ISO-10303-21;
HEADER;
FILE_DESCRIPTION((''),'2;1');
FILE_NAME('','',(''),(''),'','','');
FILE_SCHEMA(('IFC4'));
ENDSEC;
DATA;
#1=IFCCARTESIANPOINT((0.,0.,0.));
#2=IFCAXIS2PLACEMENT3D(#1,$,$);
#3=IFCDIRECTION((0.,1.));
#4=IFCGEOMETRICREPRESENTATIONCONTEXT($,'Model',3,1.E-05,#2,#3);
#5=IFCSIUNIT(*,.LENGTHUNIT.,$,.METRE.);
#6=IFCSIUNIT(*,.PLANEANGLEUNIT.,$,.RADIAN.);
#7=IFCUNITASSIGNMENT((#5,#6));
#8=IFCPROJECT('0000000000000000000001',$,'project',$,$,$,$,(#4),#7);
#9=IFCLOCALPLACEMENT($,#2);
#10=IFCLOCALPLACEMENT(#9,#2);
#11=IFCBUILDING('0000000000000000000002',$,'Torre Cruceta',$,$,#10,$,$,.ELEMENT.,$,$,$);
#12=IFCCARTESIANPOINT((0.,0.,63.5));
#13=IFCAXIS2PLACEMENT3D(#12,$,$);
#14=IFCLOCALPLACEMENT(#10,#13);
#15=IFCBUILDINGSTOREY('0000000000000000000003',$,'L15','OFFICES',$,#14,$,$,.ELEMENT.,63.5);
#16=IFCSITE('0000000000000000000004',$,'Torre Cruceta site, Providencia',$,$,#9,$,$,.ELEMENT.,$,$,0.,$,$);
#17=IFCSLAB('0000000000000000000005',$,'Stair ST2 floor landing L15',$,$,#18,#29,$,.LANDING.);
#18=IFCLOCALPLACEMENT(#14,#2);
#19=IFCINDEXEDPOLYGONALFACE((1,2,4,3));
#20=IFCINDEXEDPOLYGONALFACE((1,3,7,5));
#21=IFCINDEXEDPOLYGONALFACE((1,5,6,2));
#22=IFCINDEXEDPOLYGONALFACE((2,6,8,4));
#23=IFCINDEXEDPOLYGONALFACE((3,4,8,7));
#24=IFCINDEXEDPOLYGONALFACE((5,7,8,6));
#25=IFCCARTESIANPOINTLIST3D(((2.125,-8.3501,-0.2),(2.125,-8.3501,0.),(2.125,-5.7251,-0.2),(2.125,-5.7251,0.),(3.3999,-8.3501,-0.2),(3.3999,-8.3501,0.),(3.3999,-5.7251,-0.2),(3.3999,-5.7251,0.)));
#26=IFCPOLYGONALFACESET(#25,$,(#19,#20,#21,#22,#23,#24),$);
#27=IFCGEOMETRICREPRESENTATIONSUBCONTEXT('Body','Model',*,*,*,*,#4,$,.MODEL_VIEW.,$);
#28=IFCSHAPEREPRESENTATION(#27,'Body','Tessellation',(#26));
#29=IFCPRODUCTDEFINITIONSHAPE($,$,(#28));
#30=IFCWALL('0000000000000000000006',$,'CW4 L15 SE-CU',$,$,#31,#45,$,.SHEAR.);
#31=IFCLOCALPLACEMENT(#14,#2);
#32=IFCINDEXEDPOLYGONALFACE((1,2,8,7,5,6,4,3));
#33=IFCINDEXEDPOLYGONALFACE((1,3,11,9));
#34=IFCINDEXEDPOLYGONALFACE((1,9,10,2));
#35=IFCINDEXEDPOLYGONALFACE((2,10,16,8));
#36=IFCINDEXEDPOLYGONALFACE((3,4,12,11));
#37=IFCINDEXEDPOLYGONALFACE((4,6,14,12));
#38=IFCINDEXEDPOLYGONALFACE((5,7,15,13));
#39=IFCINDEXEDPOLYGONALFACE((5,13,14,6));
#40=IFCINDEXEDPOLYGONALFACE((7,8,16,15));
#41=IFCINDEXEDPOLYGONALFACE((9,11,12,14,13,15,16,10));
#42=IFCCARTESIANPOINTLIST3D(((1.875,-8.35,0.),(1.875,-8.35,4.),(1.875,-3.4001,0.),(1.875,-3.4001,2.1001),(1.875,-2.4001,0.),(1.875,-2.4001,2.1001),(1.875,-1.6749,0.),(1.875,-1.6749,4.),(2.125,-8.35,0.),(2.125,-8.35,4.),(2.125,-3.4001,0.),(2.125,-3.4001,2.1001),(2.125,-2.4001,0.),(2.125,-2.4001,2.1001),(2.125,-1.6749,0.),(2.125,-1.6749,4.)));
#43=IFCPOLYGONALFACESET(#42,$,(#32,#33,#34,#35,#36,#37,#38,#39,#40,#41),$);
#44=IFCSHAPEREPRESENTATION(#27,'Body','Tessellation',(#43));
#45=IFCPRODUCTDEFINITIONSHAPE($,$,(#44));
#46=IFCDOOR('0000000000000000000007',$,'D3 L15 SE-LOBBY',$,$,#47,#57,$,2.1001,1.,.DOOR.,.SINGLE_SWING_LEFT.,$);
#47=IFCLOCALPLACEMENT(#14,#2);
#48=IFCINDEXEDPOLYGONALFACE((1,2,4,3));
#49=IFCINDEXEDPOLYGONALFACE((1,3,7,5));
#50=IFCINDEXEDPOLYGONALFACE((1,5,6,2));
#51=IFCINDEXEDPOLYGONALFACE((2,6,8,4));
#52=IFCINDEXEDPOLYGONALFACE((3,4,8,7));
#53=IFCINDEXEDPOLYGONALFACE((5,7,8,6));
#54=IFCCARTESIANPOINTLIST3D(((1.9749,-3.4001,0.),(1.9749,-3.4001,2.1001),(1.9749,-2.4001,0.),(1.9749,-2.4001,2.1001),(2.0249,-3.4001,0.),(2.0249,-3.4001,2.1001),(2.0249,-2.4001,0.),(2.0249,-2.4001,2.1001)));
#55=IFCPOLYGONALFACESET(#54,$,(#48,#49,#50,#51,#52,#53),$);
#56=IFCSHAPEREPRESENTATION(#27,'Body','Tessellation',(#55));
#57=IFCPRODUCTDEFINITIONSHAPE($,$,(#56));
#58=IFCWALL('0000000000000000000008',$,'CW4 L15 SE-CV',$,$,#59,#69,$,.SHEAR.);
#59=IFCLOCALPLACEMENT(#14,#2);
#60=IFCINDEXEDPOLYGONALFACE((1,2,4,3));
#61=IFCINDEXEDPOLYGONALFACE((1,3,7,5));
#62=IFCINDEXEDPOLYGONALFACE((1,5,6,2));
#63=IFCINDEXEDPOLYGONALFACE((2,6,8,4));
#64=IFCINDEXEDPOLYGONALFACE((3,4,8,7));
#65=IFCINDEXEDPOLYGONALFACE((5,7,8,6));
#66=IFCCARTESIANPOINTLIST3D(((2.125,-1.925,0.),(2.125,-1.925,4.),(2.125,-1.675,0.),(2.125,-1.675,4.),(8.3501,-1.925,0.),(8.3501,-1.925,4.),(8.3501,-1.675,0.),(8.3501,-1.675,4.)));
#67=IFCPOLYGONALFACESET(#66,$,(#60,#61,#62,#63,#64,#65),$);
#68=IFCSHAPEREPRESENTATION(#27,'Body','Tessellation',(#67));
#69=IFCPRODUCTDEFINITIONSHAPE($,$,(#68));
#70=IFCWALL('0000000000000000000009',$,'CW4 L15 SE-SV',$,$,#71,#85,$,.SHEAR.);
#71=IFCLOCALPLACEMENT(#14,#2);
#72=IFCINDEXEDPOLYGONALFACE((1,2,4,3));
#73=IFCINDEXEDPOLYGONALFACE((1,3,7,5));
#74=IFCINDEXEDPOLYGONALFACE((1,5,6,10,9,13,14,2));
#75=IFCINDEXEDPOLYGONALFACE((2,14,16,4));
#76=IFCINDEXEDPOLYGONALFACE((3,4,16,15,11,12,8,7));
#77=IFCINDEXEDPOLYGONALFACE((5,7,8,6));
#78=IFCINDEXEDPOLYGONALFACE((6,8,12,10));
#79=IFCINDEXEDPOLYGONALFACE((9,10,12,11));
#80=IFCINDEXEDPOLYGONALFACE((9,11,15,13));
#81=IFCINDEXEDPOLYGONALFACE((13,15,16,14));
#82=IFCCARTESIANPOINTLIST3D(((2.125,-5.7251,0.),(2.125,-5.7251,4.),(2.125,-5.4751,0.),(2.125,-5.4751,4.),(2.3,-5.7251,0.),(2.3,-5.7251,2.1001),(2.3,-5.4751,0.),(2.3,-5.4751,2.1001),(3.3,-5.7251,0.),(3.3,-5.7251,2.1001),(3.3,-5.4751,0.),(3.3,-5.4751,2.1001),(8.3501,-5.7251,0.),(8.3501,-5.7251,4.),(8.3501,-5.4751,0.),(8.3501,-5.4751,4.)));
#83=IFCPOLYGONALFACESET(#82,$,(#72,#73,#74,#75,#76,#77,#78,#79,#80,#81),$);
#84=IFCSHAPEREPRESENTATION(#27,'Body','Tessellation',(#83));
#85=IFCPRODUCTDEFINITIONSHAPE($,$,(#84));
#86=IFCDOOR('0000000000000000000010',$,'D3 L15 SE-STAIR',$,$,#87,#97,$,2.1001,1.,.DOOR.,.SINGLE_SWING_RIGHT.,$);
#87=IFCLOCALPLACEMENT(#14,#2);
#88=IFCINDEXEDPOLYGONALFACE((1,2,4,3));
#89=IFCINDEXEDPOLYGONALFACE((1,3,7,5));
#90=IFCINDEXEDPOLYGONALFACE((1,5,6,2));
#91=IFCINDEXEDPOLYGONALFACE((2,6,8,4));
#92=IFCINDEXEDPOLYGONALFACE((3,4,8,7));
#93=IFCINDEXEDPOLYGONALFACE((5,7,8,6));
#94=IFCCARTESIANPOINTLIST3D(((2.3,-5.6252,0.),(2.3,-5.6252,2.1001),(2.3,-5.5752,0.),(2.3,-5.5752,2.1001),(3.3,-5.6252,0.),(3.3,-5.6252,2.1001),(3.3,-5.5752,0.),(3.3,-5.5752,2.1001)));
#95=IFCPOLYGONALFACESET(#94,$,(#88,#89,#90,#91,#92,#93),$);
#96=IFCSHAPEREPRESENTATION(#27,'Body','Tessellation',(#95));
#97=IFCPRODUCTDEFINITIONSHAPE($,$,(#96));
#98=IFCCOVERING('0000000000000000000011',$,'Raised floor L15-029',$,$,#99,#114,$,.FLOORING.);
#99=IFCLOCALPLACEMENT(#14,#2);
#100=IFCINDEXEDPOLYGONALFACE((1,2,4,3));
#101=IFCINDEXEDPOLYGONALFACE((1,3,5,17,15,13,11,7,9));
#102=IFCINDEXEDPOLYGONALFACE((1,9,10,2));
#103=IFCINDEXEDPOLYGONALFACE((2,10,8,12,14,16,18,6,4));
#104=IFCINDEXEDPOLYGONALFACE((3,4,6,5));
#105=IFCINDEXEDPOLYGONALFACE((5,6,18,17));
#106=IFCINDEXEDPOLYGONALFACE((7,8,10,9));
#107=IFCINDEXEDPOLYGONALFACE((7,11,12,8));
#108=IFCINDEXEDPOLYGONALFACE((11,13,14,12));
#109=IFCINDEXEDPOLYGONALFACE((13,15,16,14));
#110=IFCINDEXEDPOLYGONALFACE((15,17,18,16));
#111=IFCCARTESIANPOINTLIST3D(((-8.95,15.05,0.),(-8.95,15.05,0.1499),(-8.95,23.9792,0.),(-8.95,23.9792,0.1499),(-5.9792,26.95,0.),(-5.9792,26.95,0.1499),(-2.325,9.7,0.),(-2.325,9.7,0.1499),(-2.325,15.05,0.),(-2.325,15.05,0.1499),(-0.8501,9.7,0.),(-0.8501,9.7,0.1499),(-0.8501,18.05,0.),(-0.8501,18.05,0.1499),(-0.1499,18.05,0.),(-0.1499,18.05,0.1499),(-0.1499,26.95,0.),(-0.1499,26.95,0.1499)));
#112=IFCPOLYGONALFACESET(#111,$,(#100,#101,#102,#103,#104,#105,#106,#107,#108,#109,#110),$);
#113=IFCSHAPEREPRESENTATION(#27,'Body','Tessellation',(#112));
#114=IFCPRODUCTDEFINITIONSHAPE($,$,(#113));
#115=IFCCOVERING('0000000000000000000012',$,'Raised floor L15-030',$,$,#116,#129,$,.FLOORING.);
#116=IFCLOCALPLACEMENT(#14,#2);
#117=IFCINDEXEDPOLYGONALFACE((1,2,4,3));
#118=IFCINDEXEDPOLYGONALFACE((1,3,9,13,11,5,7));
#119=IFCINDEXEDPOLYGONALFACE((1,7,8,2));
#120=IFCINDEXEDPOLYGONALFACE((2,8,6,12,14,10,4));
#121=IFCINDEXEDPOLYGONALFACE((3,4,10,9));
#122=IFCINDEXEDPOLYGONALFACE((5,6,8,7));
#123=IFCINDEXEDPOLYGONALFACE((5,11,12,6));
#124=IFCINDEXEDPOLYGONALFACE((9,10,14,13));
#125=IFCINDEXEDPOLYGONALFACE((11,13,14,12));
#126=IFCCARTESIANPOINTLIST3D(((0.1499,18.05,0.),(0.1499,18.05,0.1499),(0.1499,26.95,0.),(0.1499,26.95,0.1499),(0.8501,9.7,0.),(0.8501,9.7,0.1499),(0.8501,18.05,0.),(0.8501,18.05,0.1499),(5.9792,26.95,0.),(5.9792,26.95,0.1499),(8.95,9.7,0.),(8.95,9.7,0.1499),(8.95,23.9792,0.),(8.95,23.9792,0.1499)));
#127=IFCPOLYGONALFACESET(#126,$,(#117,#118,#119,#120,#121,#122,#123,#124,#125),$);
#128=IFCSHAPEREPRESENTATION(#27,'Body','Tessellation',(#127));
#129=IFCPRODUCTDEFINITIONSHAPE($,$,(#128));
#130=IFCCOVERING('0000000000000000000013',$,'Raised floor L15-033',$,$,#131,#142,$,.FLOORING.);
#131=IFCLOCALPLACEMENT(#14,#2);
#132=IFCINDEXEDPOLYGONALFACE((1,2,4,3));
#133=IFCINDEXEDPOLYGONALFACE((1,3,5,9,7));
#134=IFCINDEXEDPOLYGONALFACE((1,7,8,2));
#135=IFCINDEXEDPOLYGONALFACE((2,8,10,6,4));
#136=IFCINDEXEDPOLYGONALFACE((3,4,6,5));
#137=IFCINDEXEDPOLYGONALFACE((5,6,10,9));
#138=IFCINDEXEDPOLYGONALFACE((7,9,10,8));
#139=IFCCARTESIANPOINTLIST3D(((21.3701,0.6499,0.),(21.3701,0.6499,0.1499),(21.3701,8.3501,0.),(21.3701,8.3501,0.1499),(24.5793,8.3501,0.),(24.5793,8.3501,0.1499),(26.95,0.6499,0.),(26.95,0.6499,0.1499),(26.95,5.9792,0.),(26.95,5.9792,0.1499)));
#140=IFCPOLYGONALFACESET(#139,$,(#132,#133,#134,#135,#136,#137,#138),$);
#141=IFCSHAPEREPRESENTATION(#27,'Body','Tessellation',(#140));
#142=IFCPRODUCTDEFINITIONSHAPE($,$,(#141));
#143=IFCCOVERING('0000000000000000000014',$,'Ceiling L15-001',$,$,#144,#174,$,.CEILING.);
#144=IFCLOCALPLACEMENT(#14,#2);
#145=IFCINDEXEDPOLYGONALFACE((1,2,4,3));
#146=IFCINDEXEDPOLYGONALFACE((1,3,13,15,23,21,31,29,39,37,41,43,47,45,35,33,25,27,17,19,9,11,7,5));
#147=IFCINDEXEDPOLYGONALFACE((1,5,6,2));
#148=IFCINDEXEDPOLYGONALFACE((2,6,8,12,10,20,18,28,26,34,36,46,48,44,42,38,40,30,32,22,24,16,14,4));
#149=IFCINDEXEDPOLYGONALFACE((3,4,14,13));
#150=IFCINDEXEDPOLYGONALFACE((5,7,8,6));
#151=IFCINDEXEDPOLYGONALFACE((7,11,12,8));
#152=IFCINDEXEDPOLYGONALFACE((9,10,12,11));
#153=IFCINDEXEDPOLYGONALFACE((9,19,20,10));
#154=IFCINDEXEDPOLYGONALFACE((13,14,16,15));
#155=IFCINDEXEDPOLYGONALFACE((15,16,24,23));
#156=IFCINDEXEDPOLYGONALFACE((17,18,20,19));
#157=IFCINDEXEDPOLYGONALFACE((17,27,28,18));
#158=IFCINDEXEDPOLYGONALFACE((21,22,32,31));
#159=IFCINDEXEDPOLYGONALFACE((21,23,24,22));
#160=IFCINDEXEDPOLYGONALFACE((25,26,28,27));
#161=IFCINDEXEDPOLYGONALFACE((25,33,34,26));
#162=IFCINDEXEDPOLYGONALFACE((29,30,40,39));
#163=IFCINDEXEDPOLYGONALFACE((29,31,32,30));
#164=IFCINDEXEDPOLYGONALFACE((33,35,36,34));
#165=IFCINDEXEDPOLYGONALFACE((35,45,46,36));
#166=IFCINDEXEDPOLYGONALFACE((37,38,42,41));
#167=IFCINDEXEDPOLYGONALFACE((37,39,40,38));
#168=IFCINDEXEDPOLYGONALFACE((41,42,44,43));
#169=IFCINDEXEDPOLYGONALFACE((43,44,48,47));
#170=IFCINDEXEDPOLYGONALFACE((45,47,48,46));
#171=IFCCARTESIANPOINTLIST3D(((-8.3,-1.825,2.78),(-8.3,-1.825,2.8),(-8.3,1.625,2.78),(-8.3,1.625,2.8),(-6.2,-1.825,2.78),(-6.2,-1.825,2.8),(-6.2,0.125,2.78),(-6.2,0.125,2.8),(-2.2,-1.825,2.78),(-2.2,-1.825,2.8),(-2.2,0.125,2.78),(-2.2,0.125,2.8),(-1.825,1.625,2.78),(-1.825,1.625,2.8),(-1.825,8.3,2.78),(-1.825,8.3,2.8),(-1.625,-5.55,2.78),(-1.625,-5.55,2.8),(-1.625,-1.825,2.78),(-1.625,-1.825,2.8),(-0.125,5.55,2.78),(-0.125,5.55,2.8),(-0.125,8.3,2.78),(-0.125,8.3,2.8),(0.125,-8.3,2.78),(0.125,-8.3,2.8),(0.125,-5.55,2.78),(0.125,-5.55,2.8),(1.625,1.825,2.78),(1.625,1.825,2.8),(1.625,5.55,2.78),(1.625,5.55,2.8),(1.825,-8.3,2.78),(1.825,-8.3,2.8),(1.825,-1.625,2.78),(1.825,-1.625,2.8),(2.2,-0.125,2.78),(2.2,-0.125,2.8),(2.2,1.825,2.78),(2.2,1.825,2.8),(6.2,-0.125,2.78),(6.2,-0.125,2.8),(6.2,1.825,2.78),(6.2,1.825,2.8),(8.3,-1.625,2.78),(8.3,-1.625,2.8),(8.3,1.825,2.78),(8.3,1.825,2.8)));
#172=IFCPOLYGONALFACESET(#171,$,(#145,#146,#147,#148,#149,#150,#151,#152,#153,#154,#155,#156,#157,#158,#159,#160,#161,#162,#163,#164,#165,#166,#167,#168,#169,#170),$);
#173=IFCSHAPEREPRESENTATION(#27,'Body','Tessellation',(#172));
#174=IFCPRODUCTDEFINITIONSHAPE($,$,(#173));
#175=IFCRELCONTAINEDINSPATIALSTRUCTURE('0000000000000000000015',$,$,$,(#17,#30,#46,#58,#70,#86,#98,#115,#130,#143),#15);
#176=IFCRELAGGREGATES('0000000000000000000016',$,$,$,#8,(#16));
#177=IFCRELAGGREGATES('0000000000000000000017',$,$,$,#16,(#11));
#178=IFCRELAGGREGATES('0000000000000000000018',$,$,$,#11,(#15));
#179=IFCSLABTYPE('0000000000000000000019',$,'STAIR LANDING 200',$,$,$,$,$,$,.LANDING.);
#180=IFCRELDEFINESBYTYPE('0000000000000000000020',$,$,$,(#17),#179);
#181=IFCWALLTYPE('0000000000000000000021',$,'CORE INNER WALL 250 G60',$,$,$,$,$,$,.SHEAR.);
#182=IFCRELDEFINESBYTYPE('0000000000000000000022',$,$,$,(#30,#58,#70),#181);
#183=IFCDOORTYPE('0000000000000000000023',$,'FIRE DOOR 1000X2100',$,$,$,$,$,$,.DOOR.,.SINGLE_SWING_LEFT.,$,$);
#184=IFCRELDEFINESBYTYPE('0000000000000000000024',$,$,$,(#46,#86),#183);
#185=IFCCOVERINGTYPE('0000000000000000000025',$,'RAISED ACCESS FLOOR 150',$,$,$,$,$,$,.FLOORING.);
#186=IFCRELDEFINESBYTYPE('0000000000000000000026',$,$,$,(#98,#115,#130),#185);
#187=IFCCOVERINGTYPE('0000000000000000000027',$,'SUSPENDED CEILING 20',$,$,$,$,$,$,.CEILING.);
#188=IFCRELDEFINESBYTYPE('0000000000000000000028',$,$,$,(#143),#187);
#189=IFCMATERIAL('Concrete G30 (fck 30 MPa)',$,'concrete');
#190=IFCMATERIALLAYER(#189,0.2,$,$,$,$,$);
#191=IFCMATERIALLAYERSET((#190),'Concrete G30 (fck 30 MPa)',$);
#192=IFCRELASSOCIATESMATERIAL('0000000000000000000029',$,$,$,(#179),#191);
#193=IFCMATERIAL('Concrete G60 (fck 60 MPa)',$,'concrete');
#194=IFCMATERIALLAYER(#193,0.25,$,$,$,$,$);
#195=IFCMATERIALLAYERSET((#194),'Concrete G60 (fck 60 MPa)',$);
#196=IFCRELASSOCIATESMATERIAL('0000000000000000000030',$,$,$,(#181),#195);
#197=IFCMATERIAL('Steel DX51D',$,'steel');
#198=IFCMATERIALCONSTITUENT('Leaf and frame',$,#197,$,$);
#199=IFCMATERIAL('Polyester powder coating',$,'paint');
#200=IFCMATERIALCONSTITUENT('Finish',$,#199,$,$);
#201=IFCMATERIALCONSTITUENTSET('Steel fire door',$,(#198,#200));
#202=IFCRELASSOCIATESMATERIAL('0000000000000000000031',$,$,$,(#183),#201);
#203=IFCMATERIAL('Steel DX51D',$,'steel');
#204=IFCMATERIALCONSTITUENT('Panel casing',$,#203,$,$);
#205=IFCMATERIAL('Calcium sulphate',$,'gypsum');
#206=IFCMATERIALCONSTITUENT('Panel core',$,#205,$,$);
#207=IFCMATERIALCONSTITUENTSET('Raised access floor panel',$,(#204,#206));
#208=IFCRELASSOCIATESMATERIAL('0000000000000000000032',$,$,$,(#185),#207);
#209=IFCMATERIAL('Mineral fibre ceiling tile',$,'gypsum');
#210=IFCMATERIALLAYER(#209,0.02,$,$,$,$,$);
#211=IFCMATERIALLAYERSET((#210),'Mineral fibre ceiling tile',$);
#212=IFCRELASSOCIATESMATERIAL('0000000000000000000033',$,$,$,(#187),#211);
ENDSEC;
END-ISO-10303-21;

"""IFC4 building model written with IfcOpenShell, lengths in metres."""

from ifc_helpers import new_model, si_unit, direction, frame, frame_2d, origin, place, context, subcontext, project, spatial, polyline, rectangle, outline, extrude, material, layer, layer_set, constituent, constituent_set, type_object, element, fill, save


model = new_model("IFC4")

# Units and contexts
model_context = context("Model", 3, precision=1e-05, world=origin(), true_north=direction((0.0, 1.0)))
body_context = subcontext(model_context, "Body", "Model", "MODEL_VIEW")
ifc_project = project(units=[si_unit("LENGTHUNIT", "METRE"), si_unit("PLANEANGLEUNIT", "RADIAN")], contexts=[model_context])

# Site, building, storey
site_placement = place(None, origin())
site = spatial("IfcSite", under=ifc_project, at=site_placement, Name="Torre Cruceta site, Providencia", CompositionType="ELEMENT", RefElevation=0.0)
building_placement = place(site_placement, origin())
building = spatial("IfcBuilding", under=site, at=building_placement, Name="Torre Cruceta", CompositionType="ELEMENT")
storey_placement = place(building_placement, frame((0.0, 0.0, 63.5)))
storey = spatial("IfcBuildingStorey", under=building, at=storey_placement, Name="L15", Description="OFFICES", CompositionType="ELEMENT", Elevation=63.5)

# Slab
ifc_material_1 = material(Name="Concrete G30 (fck 30 MPa)", Category="concrete")
ifc_layer_1 = layer(ifc_material_1, 0.2)
ifc_layer_set_1 = layer_set([ifc_layer_1], Name="Concrete G30 (fck 30 MPa)")
slab_type = type_object("IfcSlabType", Name="STAIR LANDING 200", PredefinedType="LANDING", material=ifc_layer_set_1)
slab_placement = place(storey_placement, frame((0.0, 0.0, -0.2)))
element("IfcSlab", 1, at=slab_placement, inside=storey, type_object=slab_type, Name="Stair ST2 floor landing L15", PredefinedType="LANDING", context=body_context, shape_type="SweptSolid", body=[
    extrude(outline(polyline([(2.125, -8.3501), (2.125, -5.7251), (3.3999, -5.7251), (3.3999, -8.3501), (2.125, -8.3501)])), origin(), (0.0, 0.0, 1.0), 0.2),
])

# Wall, opening, door
ifc_material_2 = material(Name="Concrete G60 (fck 60 MPa)", Category="concrete")
ifc_layer_2 = layer(ifc_material_2, 0.25)
ifc_layer_set_2 = layer_set([ifc_layer_2], Name="Concrete G60 (fck 60 MPa)")
wall_type = type_object("IfcWallType", Name="CORE INNER WALL 250 G60", PredefinedType="SHEAR", material=ifc_layer_set_2)
wall_1_placement = place(storey_placement, frame((2.0, -1.675, 0.0), z_axis=(0.0, 0.0, 1.0), x_axis=(0.0, -1.0, 0.0)))
wall_1 = element("IfcWall", 2, at=wall_1_placement, inside=storey, type_object=wall_type, Name="CW4 L15 SE-CU", PredefinedType="SHEAR", context=body_context, shape_type="SweptSolid", body=[
    extrude(rectangle(XDim=6.675, YDim=0.25, at=frame_2d((3.3374, 0.0))), origin(), (0.0, 0.0, 1.0), 4.0),
])
opening_1_placement = place(wall_1_placement, frame((0.7251, 0.0, 0.0)))
opening_1 = element("IfcOpeningElement", 3, at=opening_1_placement, cuts=wall_1, PredefinedType="OPENING", context=body_context, shape_type="SweptSolid", body=[
    extrude(rectangle(XDim=1.0, YDim=2.1001, at=frame_2d((0.5, 1.05))), frame((0.0, 0.135, 0.0), z_axis=(0.0, -1.0, 0.0), x_axis=(1.0, 0.0, 0.0)), (0.0, 0.0, 1.0), 0.27),
])
ifc_material_3 = material(Name="Steel DX51D", Category="steel")
ifc_constituent_1 = constituent(ifc_material_3, Name="Leaf and frame")
ifc_material_4 = material(Name="Polyester powder coating", Category="paint")
ifc_constituent_2 = constituent(ifc_material_4, Name="Finish")
ifc_constituent_set_1 = constituent_set(constituents=[ifc_constituent_1, ifc_constituent_2], Name="Steel fire door")
door_type = type_object("IfcDoorType", Name="FIRE DOOR 1000X2100", OperationType="SINGLE_SWING_LEFT", PredefinedType="DOOR", material=ifc_constituent_set_1)
door_1_placement = place(opening_1_placement, origin())
door_1 = element("IfcDoor", 4, at=door_1_placement, inside=storey, type_object=door_type, Name="D3 L15 SE-LOBBY", OperationType="SINGLE_SWING_LEFT", OverallHeight=2.1001, OverallWidth=1.0, PredefinedType="DOOR", context=body_context, shape_type="SweptSolid", body=[
    extrude(rectangle(XDim=1.0, YDim=2.1001, at=frame_2d((0.5, 1.05))), frame((0.0, 0.0249, 0.0), z_axis=(0.0, -1.0, 0.0), x_axis=(1.0, 0.0, 0.0)), (0.0, 0.0, 1.0), 0.05),
])
fill(opening_1, door_1)

# Wall
wall_2_placement = place(storey_placement, frame((2.125, -1.8, 0.0), z_axis=(0.0, 0.0, 1.0), x_axis=(1.0, 0.0, 0.0)))
element("IfcWall", 5, at=wall_2_placement, inside=storey, type_object=wall_type, Name="CW4 L15 SE-CV", PredefinedType="SHEAR", context=body_context, shape_type="SweptSolid", body=[
    extrude(rectangle(XDim=6.2251, YDim=0.25, at=frame_2d((3.1125, 0.0))), origin(), (0.0, 0.0, 1.0), 4.0),
])

# Wall, opening, door
wall_3_placement = place(storey_placement, frame((2.125, -5.6001, 0.0), z_axis=(0.0, 0.0, 1.0), x_axis=(1.0, 0.0, 0.0)))
wall_3 = element("IfcWall", 6, at=wall_3_placement, inside=storey, type_object=wall_type, Name="CW4 L15 SE-SV", PredefinedType="SHEAR", context=body_context, shape_type="SweptSolid", body=[
    extrude(rectangle(XDim=6.2251, YDim=0.25, at=frame_2d((3.1125, 0.0))), origin(), (0.0, 0.0, 1.0), 4.0),
])
opening_2_placement = place(wall_3_placement, frame((0.175, 0.0, 0.0)))
opening_2 = element("IfcOpeningElement", 7, at=opening_2_placement, cuts=wall_3, PredefinedType="OPENING", context=body_context, shape_type="SweptSolid", body=[
    extrude(rectangle(XDim=1.0, YDim=2.1001, at=frame_2d((0.5, 1.05))), frame((0.0, 0.135, 0.0), z_axis=(0.0, -1.0, 0.0), x_axis=(1.0, 0.0, 0.0)), (0.0, 0.0, 1.0), 0.27),
])
door_2_placement = place(opening_2_placement, frame((1.0, 0.0, 0.0), z_axis=(0.0, 0.0, 1.0), x_axis=(-1.0, 0.0, 0.0)))
door_2 = element("IfcDoor", 8, at=door_2_placement, inside=storey, type_object=door_type, Name="D3 L15 SE-STAIR", OperationType="SINGLE_SWING_RIGHT", OverallHeight=2.1001, OverallWidth=1.0, PredefinedType="DOOR", context=body_context, shape_type="SweptSolid", body=[
    extrude(rectangle(XDim=1.0, YDim=2.1001, at=frame_2d((0.5, 1.05))), frame((0.0, 0.0251, 0.0), z_axis=(0.0, -1.0, 0.0), x_axis=(1.0, 0.0, 0.0)), (0.0, 0.0, 1.0), 0.05),
])
fill(opening_2, door_2)

# Coverings
ifc_material_5 = material(Name="Steel DX51D", Category="steel")
ifc_constituent_3 = constituent(ifc_material_5, Name="Panel casing")
ifc_material_6 = material(Name="Calcium sulphate", Category="gypsum")
ifc_constituent_4 = constituent(ifc_material_6, Name="Panel core")
ifc_constituent_set_2 = constituent_set(constituents=[ifc_constituent_3, ifc_constituent_4], Name="Raised access floor panel")
covering_type_1 = type_object("IfcCoveringType", Name="RAISED ACCESS FLOOR 150", PredefinedType="FLOORING", material=ifc_constituent_set_2)
covering_1_placement = place(storey_placement, origin())
element("IfcCovering", 9, at=covering_1_placement, inside=storey, type_object=covering_type_1, Name="Raised floor L15-029", PredefinedType="FLOORING", context=body_context, shape_type="SweptSolid", body=[
    extrude(outline(polyline([(-5.9792, 26.95), (-0.1499, 26.95), (-0.1499, 18.05), (-0.8501, 18.05), (-0.8501, 9.7), (-2.325, 9.7), (-2.325, 15.05), (-8.95, 15.05), (-8.95, 23.9792), (-5.9792, 26.95)])), origin(), (0.0, 0.0, 1.0), 0.1499),
])
covering_2_placement = place(storey_placement, origin())
element("IfcCovering", 10, at=covering_2_placement, inside=storey, type_object=covering_type_1, Name="Raised floor L15-030", PredefinedType="FLOORING", context=body_context, shape_type="SweptSolid", body=[
    extrude(outline(polyline([(5.9792, 26.95), (8.95, 23.9792), (8.95, 9.7), (0.8501, 9.7), (0.8501, 18.05), (0.1499, 18.05), (0.1499, 26.95), (5.9792, 26.95)])), origin(), (0.0, 0.0, 1.0), 0.1499),
])
covering_3_placement = place(storey_placement, origin())
element("IfcCovering", 11, at=covering_3_placement, inside=storey, type_object=covering_type_1, Name="Raised floor L15-033", PredefinedType="FLOORING", context=body_context, shape_type="SweptSolid", body=[
    extrude(outline(polyline([(26.95, 0.6499), (21.3701, 0.6499), (21.3701, 8.3501), (24.5793, 8.3501), (26.95, 5.9792), (26.95, 0.6499)])), origin(), (0.0, 0.0, 1.0), 0.1499),
])
ifc_material_7 = material(Name="Mineral fibre ceiling tile", Category="gypsum")
ifc_layer_3 = layer(ifc_material_7, 0.02)
ifc_layer_set_3 = layer_set([ifc_layer_3], Name="Mineral fibre ceiling tile")
covering_type_2 = type_object("IfcCoveringType", Name="SUSPENDED CEILING 20", PredefinedType="CEILING", material=ifc_layer_set_3)
covering_4_placement = place(storey_placement, frame((0.0, 0.0, 2.78)))
element("IfcCovering", 12, at=covering_4_placement, inside=storey, type_object=covering_type_2, Name="Ceiling L15-001", PredefinedType="CEILING", context=body_context, shape_type="SweptSolid", body=[
    extrude(outline(polyline([(1.825, -8.3), (0.125, -8.3), (0.125, -5.55), (-1.625, -5.55), (-1.625, -1.825), (-2.2, -1.825), (-2.2, 0.125), (-6.2, 0.125), (-6.2, -1.825), (-8.3, -1.825), (-8.3, 1.625), (-1.825, 1.625), (-1.825, 8.3), (-0.125, 8.3), (-0.125, 5.55), (1.625, 5.55), (1.625, 1.825), (2.2, 1.825), (2.2, -0.125), (6.2, -0.125), (6.2, 1.825), (8.3, 1.825), (8.3, -1.625), (1.825, -1.625), (1.825, -8.3)])), origin(), (0.0, 0.0, 1.0), 0.02),
])

save(model, "model.ifc")
